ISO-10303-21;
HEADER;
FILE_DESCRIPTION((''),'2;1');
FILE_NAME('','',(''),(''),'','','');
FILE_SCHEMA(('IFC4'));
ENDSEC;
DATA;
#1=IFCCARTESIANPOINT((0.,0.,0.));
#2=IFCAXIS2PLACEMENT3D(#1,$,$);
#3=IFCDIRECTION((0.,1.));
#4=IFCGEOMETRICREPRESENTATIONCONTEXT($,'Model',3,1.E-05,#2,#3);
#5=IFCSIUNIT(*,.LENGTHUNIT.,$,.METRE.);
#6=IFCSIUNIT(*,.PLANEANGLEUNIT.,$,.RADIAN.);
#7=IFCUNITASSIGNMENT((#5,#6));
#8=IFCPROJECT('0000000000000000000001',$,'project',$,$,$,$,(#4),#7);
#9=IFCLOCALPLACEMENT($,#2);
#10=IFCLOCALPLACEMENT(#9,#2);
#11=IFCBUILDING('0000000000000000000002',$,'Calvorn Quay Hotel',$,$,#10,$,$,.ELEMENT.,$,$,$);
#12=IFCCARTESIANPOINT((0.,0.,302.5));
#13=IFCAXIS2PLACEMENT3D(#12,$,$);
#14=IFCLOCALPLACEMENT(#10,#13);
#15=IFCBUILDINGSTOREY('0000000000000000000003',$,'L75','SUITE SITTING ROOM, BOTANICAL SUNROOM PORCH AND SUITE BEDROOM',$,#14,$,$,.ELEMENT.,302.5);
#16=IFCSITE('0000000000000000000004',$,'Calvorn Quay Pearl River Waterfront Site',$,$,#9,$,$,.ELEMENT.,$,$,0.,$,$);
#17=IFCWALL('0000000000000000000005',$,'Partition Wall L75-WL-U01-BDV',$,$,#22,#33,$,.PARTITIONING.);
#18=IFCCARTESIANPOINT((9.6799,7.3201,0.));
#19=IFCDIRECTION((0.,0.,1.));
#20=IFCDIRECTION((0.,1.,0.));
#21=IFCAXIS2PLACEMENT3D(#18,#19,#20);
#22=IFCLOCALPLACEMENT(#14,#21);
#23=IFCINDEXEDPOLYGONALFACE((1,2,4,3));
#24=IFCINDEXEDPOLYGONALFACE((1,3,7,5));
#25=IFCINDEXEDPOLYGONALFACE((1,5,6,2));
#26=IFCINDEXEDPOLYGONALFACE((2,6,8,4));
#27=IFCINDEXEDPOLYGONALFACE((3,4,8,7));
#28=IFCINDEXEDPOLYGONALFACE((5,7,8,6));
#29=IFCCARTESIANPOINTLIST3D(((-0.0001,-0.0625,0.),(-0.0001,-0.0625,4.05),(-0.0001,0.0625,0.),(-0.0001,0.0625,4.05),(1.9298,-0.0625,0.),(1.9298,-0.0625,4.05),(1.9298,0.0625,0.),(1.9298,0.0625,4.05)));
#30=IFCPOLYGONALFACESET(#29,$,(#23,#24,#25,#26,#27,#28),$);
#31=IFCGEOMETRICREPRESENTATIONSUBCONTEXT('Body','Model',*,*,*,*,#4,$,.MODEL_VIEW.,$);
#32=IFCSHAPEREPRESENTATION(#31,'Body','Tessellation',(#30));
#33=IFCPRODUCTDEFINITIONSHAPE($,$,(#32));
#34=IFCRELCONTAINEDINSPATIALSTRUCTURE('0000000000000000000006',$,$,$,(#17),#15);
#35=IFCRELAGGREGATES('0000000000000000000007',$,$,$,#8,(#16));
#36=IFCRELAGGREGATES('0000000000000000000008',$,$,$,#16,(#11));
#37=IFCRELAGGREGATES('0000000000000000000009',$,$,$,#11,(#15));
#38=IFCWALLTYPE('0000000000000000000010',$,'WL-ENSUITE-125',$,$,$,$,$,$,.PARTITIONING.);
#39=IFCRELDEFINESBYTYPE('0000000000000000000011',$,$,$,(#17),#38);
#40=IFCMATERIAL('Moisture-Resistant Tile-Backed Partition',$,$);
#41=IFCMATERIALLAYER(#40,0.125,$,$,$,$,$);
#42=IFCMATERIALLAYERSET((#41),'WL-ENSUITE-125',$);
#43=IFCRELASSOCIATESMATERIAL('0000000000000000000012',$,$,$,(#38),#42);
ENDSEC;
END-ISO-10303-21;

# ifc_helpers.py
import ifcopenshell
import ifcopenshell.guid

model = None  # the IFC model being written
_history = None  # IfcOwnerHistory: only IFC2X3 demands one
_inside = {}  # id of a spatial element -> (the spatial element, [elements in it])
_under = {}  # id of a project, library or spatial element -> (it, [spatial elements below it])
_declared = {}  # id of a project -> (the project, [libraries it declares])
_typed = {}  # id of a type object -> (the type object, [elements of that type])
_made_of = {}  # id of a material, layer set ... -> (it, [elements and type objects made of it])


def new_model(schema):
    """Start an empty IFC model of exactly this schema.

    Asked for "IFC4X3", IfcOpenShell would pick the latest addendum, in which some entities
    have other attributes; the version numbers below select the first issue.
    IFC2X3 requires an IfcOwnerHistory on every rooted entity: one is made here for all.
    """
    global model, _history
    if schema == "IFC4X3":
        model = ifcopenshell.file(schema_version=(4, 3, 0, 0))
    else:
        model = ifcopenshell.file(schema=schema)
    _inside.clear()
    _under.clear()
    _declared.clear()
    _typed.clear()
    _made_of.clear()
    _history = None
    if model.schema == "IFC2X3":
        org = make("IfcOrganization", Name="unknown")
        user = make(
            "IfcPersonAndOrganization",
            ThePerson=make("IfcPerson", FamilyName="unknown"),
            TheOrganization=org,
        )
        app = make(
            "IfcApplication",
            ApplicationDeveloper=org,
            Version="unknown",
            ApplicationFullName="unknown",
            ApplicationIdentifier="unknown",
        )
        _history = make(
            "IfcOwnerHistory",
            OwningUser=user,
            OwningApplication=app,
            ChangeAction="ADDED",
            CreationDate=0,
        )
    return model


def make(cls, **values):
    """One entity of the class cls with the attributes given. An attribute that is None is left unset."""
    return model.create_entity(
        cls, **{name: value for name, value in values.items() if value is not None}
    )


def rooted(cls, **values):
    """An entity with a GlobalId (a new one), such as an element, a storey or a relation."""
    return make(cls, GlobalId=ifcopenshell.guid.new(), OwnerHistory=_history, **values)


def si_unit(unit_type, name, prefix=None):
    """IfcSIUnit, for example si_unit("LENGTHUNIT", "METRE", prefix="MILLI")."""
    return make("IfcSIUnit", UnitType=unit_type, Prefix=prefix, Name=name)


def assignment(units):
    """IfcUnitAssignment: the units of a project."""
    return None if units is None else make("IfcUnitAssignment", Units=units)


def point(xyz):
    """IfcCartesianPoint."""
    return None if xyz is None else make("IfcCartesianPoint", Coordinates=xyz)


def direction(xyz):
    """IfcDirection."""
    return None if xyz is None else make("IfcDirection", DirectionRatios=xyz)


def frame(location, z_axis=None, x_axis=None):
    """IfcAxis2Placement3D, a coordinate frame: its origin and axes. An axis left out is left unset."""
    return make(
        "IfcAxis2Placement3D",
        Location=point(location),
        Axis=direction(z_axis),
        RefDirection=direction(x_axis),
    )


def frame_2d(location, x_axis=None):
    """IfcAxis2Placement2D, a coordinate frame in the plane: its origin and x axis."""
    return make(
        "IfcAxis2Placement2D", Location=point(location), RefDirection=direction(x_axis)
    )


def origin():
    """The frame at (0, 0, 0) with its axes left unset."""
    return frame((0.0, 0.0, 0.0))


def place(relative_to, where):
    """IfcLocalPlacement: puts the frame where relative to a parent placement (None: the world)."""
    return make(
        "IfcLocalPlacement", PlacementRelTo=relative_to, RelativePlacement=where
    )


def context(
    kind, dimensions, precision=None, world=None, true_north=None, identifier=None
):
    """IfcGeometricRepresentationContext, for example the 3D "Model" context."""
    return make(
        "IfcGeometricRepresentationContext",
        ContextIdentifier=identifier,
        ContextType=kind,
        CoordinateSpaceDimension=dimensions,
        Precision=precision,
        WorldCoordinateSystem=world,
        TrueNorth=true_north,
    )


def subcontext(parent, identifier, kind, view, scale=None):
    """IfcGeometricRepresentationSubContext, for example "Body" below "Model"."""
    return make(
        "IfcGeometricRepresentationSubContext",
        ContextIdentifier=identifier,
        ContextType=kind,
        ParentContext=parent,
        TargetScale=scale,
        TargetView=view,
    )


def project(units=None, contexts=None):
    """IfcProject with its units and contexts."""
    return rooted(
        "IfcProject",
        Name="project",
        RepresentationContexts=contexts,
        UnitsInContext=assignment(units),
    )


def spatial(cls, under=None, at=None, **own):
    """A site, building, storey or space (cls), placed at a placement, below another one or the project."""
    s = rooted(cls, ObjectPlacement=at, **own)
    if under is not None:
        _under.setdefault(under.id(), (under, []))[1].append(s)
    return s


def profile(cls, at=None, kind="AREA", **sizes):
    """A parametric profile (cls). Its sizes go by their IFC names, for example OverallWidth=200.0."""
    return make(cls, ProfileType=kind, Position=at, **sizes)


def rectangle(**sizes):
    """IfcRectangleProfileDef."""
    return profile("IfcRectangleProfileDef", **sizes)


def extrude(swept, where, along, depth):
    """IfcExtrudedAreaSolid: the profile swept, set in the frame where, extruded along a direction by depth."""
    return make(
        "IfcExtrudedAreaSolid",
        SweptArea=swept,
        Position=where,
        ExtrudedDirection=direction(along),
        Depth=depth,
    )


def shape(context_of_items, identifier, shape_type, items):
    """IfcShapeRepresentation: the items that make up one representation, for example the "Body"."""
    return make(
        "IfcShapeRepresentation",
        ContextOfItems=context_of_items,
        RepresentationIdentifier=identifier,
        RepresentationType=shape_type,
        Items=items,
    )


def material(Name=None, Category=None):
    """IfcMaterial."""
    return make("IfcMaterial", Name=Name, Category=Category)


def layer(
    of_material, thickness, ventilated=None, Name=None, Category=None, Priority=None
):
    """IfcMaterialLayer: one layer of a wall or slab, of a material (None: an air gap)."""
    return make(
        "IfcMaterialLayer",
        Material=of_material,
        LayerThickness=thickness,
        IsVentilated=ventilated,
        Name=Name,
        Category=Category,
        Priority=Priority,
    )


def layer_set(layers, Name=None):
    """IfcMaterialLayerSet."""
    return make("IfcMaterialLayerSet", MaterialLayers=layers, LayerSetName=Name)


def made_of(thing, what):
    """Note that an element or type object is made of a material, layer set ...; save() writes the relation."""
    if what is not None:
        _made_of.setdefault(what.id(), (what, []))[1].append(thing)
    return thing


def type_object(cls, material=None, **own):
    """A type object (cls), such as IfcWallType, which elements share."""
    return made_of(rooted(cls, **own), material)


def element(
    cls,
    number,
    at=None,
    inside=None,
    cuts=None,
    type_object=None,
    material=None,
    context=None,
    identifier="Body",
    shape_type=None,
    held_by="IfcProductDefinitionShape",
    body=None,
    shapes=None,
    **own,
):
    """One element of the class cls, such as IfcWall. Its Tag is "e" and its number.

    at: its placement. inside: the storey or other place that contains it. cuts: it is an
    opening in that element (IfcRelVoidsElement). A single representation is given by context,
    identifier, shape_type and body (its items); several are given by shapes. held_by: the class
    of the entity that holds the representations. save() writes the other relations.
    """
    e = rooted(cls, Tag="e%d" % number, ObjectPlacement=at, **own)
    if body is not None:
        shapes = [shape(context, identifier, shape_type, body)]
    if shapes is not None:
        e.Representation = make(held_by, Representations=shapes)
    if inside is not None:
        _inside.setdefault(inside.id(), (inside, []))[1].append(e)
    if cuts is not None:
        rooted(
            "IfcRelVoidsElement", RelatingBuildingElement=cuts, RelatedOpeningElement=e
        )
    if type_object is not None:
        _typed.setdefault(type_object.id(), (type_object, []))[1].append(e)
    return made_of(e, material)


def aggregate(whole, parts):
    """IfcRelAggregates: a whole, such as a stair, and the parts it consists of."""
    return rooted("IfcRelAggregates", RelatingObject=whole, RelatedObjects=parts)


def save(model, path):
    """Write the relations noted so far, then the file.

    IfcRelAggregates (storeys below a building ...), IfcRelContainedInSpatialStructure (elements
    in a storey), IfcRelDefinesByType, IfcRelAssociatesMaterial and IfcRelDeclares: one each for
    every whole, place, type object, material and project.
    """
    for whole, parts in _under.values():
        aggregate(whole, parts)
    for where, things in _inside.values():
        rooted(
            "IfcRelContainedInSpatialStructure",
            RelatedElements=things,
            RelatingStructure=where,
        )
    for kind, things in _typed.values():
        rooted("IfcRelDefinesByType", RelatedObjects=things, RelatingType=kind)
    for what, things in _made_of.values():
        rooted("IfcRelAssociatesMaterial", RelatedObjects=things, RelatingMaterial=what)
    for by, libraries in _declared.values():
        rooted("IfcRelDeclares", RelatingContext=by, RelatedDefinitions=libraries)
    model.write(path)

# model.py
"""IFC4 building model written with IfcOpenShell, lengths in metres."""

from ifc_helpers import new_model, si_unit, direction, frame, frame_2d, origin, place, context, subcontext, project, spatial, rectangle, extrude, material, layer, layer_set, type_object, element, save


model = new_model("IFC4")

# Units and contexts
model_context = context("Model", 3, precision=1e-05, world=origin(), true_north=direction((0.0, 1.0)))
body_context = subcontext(model_context, "Body", "Model", "MODEL_VIEW")
ifc_project = project(units=[si_unit("LENGTHUNIT", "METRE"), si_unit("PLANEANGLEUNIT", "RADIAN")], contexts=[model_context])

# Site, building, storey
site_placement = place(None, origin())
site = spatial("IfcSite", under=ifc_project, at=site_placement, Name="Calvorn Quay Pearl River Waterfront Site", CompositionType="ELEMENT", RefElevation=0.0)
building_placement = place(site_placement, origin())
building = spatial("IfcBuilding", under=site, at=building_placement, Name="Calvorn Quay Hotel", CompositionType="ELEMENT")
storey_placement = place(building_placement, frame((0.0, 0.0, 302.5)))
storey = spatial("IfcBuildingStorey", under=building, at=storey_placement, Name="L75", Description="SUITE SITTING ROOM, BOTANICAL SUNROOM PORCH AND SUITE BEDROOM", CompositionType="ELEMENT", Elevation=302.5)

# Wall
ifc_material_1 = material(Name="Moisture-Resistant Tile-Backed Partition")
ifc_layer_1 = layer(ifc_material_1, 0.125)
ifc_layer_set_1 = layer_set([ifc_layer_1], Name="WL-ENSUITE-125")
wall_type_1 = type_object("IfcWallType", Name="WL-ENSUITE-125", PredefinedType="PARTITIONING", material=ifc_layer_set_1)
wall_1_placement = place(storey_placement, frame((9.6799, 7.3201, 0.0), z_axis=(0.0, 0.0, 1.0), x_axis=(0.0, 1.0, 0.0)))
element("IfcWall", 1, at=wall_1_placement, inside=storey, type_object=wall_type_1, Name="Partition Wall L75-WL-U01-BDV", PredefinedType="PARTITIONING", context=body_context, shape_type="SweptSolid", body=[
    extrude(rectangle(XDim=1.9299, YDim=0.125, at=frame_2d((0.9648, 0.0))), origin(), (0.0, 0.0, 1.0), 4.05),
])

save(model, "model.ifc")
